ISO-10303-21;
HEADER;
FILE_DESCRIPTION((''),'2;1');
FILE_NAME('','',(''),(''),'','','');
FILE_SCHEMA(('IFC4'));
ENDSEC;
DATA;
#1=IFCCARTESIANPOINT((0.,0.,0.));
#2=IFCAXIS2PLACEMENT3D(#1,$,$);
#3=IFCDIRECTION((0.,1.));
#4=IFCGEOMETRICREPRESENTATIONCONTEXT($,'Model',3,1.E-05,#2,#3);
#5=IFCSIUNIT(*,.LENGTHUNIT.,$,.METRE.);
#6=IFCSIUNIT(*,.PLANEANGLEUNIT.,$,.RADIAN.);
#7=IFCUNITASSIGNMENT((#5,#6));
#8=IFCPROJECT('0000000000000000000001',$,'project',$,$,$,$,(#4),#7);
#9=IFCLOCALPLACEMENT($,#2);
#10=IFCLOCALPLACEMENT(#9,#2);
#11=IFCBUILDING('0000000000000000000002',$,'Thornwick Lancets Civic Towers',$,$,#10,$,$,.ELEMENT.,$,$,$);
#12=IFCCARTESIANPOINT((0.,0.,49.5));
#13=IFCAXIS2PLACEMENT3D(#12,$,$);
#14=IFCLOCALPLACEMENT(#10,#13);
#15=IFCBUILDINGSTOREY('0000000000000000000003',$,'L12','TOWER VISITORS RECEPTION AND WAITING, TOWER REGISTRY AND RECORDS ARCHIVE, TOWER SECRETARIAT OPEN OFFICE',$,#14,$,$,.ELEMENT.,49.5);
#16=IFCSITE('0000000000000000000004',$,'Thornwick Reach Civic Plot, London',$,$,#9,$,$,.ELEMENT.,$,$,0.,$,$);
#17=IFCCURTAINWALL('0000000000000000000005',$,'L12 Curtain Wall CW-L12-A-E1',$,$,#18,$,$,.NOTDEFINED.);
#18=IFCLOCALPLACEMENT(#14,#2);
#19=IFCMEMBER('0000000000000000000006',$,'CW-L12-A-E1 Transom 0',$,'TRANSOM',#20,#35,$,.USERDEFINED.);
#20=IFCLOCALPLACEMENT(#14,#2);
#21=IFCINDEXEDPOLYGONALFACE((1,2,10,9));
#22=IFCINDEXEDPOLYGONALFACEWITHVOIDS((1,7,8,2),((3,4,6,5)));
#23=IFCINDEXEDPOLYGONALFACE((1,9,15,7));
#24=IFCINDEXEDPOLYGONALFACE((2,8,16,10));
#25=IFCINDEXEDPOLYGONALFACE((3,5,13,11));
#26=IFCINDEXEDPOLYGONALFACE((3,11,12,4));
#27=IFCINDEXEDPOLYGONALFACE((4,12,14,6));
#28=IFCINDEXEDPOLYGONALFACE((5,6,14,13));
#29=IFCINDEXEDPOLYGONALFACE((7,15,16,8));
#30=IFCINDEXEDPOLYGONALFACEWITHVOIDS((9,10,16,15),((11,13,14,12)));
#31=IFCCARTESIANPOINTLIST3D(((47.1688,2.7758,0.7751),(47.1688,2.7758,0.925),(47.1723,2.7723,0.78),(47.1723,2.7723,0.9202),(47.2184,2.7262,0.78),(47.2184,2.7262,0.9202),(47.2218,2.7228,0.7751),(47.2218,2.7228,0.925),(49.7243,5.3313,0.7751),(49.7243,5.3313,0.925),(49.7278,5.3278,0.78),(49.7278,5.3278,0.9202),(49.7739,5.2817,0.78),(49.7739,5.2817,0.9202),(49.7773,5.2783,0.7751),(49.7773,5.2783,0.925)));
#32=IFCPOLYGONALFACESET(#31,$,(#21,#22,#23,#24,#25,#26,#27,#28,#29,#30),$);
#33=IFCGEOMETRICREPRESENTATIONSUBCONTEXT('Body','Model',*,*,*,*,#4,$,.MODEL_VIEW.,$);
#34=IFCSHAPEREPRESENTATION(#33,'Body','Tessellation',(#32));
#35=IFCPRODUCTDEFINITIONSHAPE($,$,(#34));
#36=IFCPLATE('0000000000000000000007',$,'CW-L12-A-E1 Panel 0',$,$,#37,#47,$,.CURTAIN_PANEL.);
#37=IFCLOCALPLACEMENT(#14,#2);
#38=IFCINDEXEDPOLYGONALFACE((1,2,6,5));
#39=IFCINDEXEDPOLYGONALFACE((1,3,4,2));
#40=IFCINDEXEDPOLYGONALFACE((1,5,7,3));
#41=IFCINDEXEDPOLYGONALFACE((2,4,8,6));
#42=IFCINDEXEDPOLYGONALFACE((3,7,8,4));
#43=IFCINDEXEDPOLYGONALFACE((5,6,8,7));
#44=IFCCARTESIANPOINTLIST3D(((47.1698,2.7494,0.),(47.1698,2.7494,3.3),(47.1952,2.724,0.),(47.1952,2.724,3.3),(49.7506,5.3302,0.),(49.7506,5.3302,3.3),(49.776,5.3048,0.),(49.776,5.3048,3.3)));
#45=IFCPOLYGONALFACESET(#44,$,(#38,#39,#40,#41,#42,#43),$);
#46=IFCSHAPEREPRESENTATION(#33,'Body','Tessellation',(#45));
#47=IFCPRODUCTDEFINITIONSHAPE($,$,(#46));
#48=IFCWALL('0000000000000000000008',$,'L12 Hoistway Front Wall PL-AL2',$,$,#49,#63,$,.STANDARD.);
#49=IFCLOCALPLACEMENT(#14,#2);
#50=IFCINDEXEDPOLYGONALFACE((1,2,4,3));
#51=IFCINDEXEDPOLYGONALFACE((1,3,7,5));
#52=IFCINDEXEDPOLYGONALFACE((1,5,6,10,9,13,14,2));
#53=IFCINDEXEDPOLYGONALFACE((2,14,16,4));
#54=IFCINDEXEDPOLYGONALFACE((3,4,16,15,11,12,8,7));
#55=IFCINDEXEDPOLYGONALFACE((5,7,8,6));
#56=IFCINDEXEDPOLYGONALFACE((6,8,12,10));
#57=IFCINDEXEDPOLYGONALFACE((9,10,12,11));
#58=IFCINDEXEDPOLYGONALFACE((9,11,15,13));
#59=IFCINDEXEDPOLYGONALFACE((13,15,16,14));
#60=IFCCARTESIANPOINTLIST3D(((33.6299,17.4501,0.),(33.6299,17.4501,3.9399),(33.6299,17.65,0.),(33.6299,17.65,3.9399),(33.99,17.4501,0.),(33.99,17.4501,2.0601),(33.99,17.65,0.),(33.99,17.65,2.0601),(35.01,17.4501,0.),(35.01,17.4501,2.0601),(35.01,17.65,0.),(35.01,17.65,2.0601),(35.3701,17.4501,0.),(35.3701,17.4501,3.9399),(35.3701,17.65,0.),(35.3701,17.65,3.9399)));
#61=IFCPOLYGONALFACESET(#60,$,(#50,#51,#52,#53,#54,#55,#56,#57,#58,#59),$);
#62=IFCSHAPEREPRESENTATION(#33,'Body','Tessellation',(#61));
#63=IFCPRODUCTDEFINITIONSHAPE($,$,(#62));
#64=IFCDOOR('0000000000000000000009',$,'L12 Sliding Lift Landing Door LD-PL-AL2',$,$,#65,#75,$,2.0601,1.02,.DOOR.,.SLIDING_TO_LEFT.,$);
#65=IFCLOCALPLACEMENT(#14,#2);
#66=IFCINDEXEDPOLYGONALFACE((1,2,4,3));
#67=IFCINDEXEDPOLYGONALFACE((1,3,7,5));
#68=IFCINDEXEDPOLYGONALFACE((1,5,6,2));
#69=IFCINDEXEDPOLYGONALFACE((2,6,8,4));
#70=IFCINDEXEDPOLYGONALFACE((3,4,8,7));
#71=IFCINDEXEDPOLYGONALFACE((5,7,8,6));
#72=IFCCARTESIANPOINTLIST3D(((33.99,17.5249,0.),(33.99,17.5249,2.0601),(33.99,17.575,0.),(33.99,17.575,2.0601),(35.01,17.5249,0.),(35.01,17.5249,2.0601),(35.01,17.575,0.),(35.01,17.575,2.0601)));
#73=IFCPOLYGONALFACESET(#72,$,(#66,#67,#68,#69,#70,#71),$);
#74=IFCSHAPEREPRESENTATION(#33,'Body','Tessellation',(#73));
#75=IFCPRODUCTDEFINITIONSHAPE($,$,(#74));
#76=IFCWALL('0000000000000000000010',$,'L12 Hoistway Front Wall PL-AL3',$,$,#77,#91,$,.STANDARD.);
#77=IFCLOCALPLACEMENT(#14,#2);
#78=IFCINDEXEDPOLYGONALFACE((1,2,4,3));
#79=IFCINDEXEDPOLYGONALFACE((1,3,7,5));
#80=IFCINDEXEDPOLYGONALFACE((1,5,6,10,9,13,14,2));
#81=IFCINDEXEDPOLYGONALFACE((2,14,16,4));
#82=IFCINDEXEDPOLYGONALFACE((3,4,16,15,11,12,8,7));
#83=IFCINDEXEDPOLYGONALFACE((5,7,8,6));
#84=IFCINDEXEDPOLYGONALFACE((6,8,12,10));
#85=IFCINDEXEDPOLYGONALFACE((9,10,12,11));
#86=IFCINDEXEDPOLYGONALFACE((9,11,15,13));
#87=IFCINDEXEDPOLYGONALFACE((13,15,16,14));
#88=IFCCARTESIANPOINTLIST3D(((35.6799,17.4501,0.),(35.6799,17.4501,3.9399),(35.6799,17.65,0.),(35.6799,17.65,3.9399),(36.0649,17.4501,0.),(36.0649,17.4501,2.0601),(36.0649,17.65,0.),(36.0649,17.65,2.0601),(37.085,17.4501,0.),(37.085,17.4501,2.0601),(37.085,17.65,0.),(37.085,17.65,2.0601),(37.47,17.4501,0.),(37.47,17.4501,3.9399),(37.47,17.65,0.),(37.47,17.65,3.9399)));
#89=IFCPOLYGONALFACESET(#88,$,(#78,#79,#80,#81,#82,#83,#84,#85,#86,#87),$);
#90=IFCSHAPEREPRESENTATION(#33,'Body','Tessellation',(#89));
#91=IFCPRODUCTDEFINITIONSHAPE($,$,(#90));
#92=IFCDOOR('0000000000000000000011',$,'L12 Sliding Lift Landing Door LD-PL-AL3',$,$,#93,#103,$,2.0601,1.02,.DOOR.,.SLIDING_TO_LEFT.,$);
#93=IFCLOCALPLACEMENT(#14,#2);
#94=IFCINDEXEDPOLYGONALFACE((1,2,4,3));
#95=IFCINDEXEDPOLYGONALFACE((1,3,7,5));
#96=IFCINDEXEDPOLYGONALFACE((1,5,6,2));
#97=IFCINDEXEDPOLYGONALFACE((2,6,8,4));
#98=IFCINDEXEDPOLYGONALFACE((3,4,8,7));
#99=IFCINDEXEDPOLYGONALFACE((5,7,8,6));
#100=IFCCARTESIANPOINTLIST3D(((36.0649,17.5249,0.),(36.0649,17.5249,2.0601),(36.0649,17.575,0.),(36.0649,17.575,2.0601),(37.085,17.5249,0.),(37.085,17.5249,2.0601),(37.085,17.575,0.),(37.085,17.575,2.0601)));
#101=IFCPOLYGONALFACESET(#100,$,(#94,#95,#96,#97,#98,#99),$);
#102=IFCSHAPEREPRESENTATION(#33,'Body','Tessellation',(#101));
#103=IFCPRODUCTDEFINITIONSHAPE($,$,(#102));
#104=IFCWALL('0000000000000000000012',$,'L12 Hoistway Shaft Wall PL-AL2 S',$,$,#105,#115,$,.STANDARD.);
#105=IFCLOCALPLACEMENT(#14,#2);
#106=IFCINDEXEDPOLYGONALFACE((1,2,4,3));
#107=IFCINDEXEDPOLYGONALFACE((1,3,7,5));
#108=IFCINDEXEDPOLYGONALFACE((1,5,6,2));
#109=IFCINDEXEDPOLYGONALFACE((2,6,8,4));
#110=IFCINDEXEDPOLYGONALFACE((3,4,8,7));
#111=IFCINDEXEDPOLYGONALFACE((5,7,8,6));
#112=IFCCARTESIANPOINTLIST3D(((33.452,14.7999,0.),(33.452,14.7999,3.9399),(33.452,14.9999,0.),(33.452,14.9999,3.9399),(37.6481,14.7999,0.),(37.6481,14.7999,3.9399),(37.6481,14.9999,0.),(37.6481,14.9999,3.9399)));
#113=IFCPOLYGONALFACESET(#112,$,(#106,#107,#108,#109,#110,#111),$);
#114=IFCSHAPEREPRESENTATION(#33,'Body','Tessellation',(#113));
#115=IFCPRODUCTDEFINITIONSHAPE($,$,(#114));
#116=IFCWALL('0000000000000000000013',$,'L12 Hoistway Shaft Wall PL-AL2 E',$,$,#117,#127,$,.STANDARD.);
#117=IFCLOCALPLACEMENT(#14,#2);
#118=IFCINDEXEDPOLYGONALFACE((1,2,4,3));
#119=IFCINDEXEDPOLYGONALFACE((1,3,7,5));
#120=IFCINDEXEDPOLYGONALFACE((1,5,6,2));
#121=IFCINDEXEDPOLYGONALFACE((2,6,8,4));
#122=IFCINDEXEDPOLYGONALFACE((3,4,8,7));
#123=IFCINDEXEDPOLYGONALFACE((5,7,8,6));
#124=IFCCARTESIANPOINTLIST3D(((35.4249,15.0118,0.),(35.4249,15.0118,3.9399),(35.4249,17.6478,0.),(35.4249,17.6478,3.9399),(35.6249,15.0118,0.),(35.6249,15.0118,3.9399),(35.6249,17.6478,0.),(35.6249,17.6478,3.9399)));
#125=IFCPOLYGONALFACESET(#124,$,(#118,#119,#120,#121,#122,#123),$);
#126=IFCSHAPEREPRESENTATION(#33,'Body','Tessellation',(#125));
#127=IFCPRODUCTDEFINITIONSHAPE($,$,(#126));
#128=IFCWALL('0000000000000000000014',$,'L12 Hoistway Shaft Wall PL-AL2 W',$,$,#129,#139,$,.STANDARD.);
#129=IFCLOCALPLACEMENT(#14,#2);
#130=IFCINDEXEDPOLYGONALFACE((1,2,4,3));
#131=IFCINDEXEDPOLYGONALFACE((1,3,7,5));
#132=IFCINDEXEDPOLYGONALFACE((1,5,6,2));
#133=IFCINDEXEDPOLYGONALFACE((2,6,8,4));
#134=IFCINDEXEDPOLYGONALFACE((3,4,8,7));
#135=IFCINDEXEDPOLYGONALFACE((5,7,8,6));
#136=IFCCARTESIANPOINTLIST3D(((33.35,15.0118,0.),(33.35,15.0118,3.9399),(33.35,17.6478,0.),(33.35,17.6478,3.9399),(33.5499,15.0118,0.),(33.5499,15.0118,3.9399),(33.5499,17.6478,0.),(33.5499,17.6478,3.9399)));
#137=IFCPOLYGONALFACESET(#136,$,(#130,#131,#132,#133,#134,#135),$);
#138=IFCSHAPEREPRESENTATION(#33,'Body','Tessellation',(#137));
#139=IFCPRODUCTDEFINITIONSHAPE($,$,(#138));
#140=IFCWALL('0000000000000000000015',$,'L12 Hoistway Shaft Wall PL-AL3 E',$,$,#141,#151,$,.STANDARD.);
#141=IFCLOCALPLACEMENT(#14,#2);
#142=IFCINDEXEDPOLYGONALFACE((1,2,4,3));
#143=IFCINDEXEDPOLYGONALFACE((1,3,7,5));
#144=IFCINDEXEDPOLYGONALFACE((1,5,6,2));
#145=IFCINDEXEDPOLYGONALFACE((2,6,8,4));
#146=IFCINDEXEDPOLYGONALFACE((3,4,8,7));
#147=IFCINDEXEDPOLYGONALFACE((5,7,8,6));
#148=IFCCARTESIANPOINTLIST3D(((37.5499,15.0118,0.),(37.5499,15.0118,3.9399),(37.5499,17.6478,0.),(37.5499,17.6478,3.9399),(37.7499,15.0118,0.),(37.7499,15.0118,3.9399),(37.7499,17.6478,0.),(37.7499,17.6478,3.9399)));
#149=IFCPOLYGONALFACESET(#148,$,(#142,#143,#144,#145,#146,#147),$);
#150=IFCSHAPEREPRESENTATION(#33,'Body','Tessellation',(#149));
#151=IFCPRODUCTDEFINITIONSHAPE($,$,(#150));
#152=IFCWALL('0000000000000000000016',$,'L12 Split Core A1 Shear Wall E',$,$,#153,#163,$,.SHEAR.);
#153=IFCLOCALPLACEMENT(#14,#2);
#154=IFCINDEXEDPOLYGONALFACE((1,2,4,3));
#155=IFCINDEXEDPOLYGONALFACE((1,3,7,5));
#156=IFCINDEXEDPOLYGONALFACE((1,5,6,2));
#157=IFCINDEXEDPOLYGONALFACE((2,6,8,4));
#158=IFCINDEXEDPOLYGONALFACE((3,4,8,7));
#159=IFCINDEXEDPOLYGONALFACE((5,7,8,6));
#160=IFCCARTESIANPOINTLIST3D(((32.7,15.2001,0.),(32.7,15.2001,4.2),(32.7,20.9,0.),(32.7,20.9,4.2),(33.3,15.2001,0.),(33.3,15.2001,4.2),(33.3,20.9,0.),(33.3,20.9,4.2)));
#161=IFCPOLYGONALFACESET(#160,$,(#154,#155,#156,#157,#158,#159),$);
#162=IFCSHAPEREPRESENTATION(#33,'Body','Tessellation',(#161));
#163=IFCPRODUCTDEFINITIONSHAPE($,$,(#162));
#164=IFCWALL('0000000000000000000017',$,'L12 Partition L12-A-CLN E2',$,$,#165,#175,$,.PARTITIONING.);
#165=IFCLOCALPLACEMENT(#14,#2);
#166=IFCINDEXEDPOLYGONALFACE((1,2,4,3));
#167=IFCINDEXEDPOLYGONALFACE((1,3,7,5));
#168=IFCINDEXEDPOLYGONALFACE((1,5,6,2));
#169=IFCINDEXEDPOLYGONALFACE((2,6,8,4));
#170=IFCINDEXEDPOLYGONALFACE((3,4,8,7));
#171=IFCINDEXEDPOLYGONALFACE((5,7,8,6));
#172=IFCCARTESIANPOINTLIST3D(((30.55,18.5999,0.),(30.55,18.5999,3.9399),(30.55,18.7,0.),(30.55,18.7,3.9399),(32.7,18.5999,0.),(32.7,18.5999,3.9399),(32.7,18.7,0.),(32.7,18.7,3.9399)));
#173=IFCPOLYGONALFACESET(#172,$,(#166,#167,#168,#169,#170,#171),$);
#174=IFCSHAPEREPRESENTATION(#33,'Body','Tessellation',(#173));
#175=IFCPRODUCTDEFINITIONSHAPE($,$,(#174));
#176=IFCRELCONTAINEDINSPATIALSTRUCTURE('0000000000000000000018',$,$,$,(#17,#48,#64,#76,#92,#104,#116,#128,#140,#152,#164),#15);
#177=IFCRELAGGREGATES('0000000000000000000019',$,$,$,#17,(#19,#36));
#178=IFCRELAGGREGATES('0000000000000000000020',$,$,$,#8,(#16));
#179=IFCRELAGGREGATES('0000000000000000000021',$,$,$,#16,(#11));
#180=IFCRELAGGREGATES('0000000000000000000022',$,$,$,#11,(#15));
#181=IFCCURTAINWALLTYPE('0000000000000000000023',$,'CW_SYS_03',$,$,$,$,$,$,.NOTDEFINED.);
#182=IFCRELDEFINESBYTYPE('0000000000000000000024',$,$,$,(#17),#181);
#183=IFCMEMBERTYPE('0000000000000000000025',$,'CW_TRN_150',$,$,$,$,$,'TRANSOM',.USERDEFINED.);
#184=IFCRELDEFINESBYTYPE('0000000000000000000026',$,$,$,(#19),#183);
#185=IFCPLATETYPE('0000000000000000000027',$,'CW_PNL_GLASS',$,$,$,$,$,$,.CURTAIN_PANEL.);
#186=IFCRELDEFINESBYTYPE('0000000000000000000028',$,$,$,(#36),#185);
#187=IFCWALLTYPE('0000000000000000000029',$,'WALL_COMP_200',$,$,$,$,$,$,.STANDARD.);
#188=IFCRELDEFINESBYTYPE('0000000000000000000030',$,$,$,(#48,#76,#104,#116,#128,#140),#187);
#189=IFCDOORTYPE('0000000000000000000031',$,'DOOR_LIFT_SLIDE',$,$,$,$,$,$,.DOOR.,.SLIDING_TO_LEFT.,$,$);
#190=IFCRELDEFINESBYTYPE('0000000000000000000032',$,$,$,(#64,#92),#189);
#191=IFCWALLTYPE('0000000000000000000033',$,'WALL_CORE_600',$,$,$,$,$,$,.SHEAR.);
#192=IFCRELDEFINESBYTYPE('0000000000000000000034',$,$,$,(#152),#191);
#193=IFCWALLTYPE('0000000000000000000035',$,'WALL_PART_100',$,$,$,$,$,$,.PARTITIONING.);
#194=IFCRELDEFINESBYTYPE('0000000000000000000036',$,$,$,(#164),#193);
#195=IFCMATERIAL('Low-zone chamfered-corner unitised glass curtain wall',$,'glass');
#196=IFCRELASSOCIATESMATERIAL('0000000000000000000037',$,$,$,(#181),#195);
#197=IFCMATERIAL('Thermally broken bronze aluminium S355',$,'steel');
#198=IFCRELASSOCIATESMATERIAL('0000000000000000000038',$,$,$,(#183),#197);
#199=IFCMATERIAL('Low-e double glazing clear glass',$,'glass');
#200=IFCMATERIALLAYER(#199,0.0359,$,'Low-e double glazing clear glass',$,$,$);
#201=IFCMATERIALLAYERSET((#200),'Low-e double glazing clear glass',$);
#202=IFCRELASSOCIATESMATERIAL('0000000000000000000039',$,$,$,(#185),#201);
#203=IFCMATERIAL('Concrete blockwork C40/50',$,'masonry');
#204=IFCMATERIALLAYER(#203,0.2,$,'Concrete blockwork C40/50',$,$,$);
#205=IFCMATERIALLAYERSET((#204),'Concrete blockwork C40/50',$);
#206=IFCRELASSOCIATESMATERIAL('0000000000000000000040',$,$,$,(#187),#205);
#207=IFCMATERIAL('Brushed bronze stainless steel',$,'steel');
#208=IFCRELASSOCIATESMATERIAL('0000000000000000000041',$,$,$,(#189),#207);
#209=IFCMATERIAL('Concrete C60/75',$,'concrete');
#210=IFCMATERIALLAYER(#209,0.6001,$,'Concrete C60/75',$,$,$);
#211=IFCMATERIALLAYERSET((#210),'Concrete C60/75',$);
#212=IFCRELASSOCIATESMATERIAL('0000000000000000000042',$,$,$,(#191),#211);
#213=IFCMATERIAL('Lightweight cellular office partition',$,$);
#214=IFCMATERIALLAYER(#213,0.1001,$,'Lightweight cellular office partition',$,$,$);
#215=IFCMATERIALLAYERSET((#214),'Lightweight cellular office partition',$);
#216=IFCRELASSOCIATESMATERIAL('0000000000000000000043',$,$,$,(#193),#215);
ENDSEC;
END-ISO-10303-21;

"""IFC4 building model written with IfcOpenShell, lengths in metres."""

from ifc_helpers import new_model, si_unit, direction, frame, frame_2d, origin, origin_2d, place, context, subcontext, project, spatial, rectangle, hollow_rectangle, extrude, material, layer, layer_set, material_profile, profile_set, type_object, element, fill, aggregate, save


model = new_model("IFC4")

# Units and contexts
model_context = context("Model", 3, precision=1e-05, world=origin(), true_north=direction((0.0, 1.0)))
body_context = subcontext(model_context, "Body", "Model", "MODEL_VIEW")
ifc_project = project(units=[si_unit("LENGTHUNIT", "METRE"), si_unit("PLANEANGLEUNIT", "RADIAN")], contexts=[model_context])

# Site, building, storey
site_placement = place(None, origin())
site = spatial("IfcSite", under=ifc_project, at=site_placement, Name="Thornwick Reach Civic Plot, London", CompositionType="ELEMENT", RefElevation=0.0)
building_placement = place(site_placement, origin())
building = spatial("IfcBuilding", under=site, at=building_placement, Name="Thornwick Lancets Civic Towers", CompositionType="ELEMENT")
storey_placement = place(building_placement, frame((0.0, 0.0, 49.5)))
storey = spatial("IfcBuildingStorey", under=building, at=storey_placement, Name="L12", Description="TOWER VISITORS RECEPTION AND WAITING, TOWER REGISTRY AND RECORDS ARCHIVE, TOWER SECRETARIAT OPEN OFFICE", CompositionType="ELEMENT", Elevation=49.5)

# Shared definitions
ifc_material_1 = material(Name="Concrete C60/75", Category="concrete")

# Curtain wall, member, plate
ifc_material_2 = material(Name="Low-zone chamfered-corner unitised glass curtain wall", Category="glass")
curtain_wall_type = type_object("IfcCurtainWallType", Name="CW_SYS_03", PredefinedType="NOTDEFINED", material=ifc_material_2)
curtain_wall_placement = place(storey_placement, origin())
curtain_wall = element("IfcCurtainWall", 1, at=curtain_wall_placement, inside=storey, type_object=curtain_wall_type, Name="L12 Curtain Wall CW-L12-A-E1", PredefinedType="NOTDEFINED")
ifc_material_3 = material(Name="Thermally broken bronze aluminium S355", Category="steel")
ifc_material_profile_1 = material_profile(ifc_material_3, hollow_rectangle(XDim=0.075, YDim=0.1499, WallThickness=0.0049, at=origin_2d()), Name="RHS 150x75x5")
ifc_profile_set_1 = profile_set([ifc_material_profile_1], Name="Thermally broken bronze aluminium S355")
member_type_1 = type_object("IfcMemberType", Name="CW_TRN_150", ElementType="TRANSOM", PredefinedType="USERDEFINED", material=ifc_profile_set_1)
member_1_placement = place(storey_placement, frame((47.1953, 2.7493, 0.8501), z_axis=(0.707107, 0.707107, 0.0), x_axis=(-0.707107, 0.707107, 0.0)))
member_1 = element("IfcMember", 2, at=member_1_placement, type_object=member_type_1, Name="CW-L12-A-E1 Transom 0", ObjectType="TRANSOM", PredefinedType="USERDEFINED", context=body_context, shape_type="SweptSolid", body=[
    extrude(hollow_rectangle(XDim=0.075, YDim=0.1499, WallThickness=0.0049, at=origin_2d()), origin(), (0.0, 0.0, 1.0), 3.614),
])
ifc_material_4 = material(Name="Low-e double glazing clear glass", Category="glass")
ifc_layer_1 = layer(ifc_material_4, 0.0359, Name="Low-e double glazing clear glass")
ifc_layer_set_1 = layer_set([ifc_layer_1], Name="Low-e double glazing clear glass")
plate_type = type_object("IfcPlateType", Name="CW_PNL_GLASS", PredefinedType="CURTAIN_PANEL", material=ifc_layer_set_1)
plate_placement = place(storey_placement, frame((48.4729, 4.0271, 0.0), z_axis=(0.0, 0.0, 1.0), x_axis=(0.707107, 0.707107, 0.0)))
plate = element("IfcPlate", 3, at=plate_placement, type_object=plate_type, Name="CW-L12-A-E1 Panel 0", PredefinedType="CURTAIN_PANEL", context=body_context, shape_type="SweptSolid", body=[
    extrude(rectangle(XDim=3.6499, YDim=0.0359, at=origin_2d()), origin(), (0.0, 0.0, 1.0), 3.3),
])
aggregate(curtain_wall, [member_1, plate])

# Walls, openings, doors
ifc_material_5 = material(Name="Concrete blockwork C40/50", Category="masonry")
ifc_layer_2 = layer(ifc_material_5, 0.2, Name="Concrete blockwork C40/50")
ifc_layer_set_2 = layer_set([ifc_layer_2], Name="Concrete blockwork C40/50")
wall_type_1 = type_object("IfcWallType", Name="WALL_COMP_200", PredefinedType="STANDARD", material=ifc_layer_set_2)
wall_1_placement = place(storey_placement, frame((33.6299, 17.55, 0.0), z_axis=(0.0, 0.0, 1.0), x_axis=(1.0, 0.0, 0.0)))
wall_1 = element("IfcWall", 4, at=wall_1_placement, inside=storey, type_object=wall_type_1, Name="L12 Hoistway Front Wall PL-AL2", PredefinedType="STANDARD", context=body_context, shape_type="SweptSolid", body=[
    extrude(rectangle(XDim=1.7402, YDim=0.2, at=frame_2d((0.8701, 0.0))), origin(), (0.0, 0.0, 1.0), 3.9399),
])
opening_1_placement = place(wall_1_placement, frame((0.3601, 0.0, 0.0)))
opening_1 = element("IfcOpeningElement", 5, at=opening_1_placement, cuts=wall_1, PredefinedType="OPENING", context=body_context, shape_type="SweptSolid", body=[
    extrude(rectangle(XDim=1.02, YDim=2.0601, at=frame_2d((0.51, 1.03))), frame((0.0, 0.1099, 0.0), z_axis=(0.0, -1.0, 0.0), x_axis=(1.0, 0.0, 0.0)), (0.0, 0.0, 1.0), 0.22),
])
ifc_material_6 = material(Name="Brushed bronze stainless steel", Category="steel")
door_type_1 = type_object("IfcDoorType", Name="DOOR_LIFT_SLIDE", OperationType="SLIDING_TO_LEFT", PredefinedType="DOOR", material=ifc_material_6)
door_1_placement = place(opening_1_placement, origin())
door_1 = element("IfcDoor", 6, at=door_1_placement, inside=storey, type_object=door_type_1, Name="L12 Sliding Lift Landing Door LD-PL-AL2", OperationType="SLIDING_TO_LEFT", OverallHeight=2.0601, OverallWidth=1.02, PredefinedType="DOOR", context=body_context, shape_type="SweptSolid", body=[
    extrude(rectangle(XDim=1.02, YDim=2.0601, at=frame_2d((0.51, 1.03))), frame((0.0, 0.0249, 0.0), z_axis=(0.0, -1.0, 0.0), x_axis=(1.0, 0.0, 0.0)), (0.0, 0.0, 1.0), 0.05),
])
fill(opening_1, door_1)
wall_2_placement = place(storey_placement, frame((35.6799, 17.55, 0.0), z_axis=(0.0, 0.0, 1.0), x_axis=(1.0, 0.0, 0.0)))
wall_2 = element("IfcWall", 7, at=wall_2_placement, inside=storey, type_object=wall_type_1, Name="L12 Hoistway Front Wall PL-AL3", PredefinedType="STANDARD", context=body_context, shape_type="SweptSolid", body=[
    extrude(rectangle(XDim=1.79, YDim=0.2, at=frame_2d((0.895, 0.0))), origin(), (0.0, 0.0, 1.0), 3.9399),
])
opening_2_placement = place(wall_2_placement, frame((0.385, 0.0, 0.0)))
opening_2 = element("IfcOpeningElement", 8, at=opening_2_placement, cuts=wall_2, PredefinedType="OPENING", context=body_context, shape_type="SweptSolid", body=[
    extrude(rectangle(XDim=1.02, YDim=2.0601, at=frame_2d((0.51, 1.03))), frame((0.0, 0.1099, 0.0), z_axis=(0.0, -1.0, 0.0), x_axis=(1.0, 0.0, 0.0)), (0.0, 0.0, 1.0), 0.22),
])
door_2_placement = place(opening_2_placement, origin())
door_2 = element("IfcDoor", 9, at=door_2_placement, inside=storey, type_object=door_type_1, Name="L12 Sliding Lift Landing Door LD-PL-AL3", OperationType="SLIDING_TO_LEFT", OverallHeight=2.0601, OverallWidth=1.02, PredefinedType="DOOR", context=body_context, shape_type="SweptSolid", body=[
    extrude(rectangle(XDim=1.02, YDim=2.0601, at=frame_2d((0.51, 1.03))), frame((0.0, 0.0249, 0.0), z_axis=(0.0, -1.0, 0.0), x_axis=(1.0, 0.0, 0.0)), (0.0, 0.0, 1.0), 0.05),
])
fill(opening_2, door_2)

# Walls
wall_3_placement = place(storey_placement, frame((33.4519, 14.8999, 0.0), z_axis=(0.0, 0.0, 1.0), x_axis=(1.0, 0.0, 0.0)))
element("IfcWall", 10, at=wall_3_placement, inside=storey, type_object=wall_type_1, Name="L12 Hoistway Shaft Wall PL-AL2 S", PredefinedType="STANDARD", context=body_context, shape_type="SweptSolid", body=[
    extrude(rectangle(XDim=4.196, YDim=0.2, at=frame_2d((2.0981, 0.0))), origin(), (0.0, 0.0, 1.0), 3.9399),
])
for number, where, z_axis, x_axis, name in (
    (11, (35.5249, 15.012, 0.0), (0.0, 0.0, 1.0), (0.0, 1.0, 0.0), "L12 Hoistway Shaft Wall PL-AL2 E"),
    (12, (33.45, 15.012, 0.0), (0.0, 0.0, 1.0), (0.0, 1.0, 0.0), "L12 Hoistway Shaft Wall PL-AL2 W"),
    (13, (37.6499, 15.012, 0.0), (0.0, 0.0, 1.0), (0.0, 1.0, 0.0), "L12 Hoistway Shaft Wall PL-AL3 E"),
):
    element("IfcWall", number, at=place(storey_placement, frame(where, z_axis=z_axis, x_axis=x_axis)), inside=storey, type_object=wall_type_1, Name=name, PredefinedType="STANDARD", context=body_context, shape_type="SweptSolid", body=[
        extrude(rectangle(XDim=2.636, YDim=0.2, at=frame_2d((1.3179, 0.0))), origin(), (0.0, 0.0, 1.0), 3.9399),
    ])
ifc_layer_3 = layer(ifc_material_1, 0.6001, Name="Concrete C60/75")
ifc_layer_set_3 = layer_set([ifc_layer_3], Name="Concrete C60/75")
wall_type_2 = type_object("IfcWallType", Name="WALL_CORE_600", PredefinedType="SHEAR", material=ifc_layer_set_3)
wall_4_placement = place(storey_placement, frame((33.0, 15.2, 0.0), z_axis=(0.0, 0.0, 1.0), x_axis=(0.0, 1.0, 0.0)))
element("IfcWall", 14, at=wall_4_placement, inside=storey, type_object=wall_type_2, Name="L12 Split Core A1 Shear Wall E", PredefinedType="SHEAR", context=body_context, shape_type="SweptSolid", body=[
    extrude(rectangle(XDim=5.7, YDim=0.6001, at=frame_2d((2.8501, 0.0))), origin(), (0.0, 0.0, 1.0), 4.2),
])
ifc_material_7 = material(Name="Lightweight cellular office partition")
ifc_layer_4 = layer(ifc_material_7, 0.1001, Name="Lightweight cellular office partition")
ifc_layer_set_4 = layer_set([ifc_layer_4], Name="Lightweight cellular office partition")
wall_type_3 = type_object("IfcWallType", Name="WALL_PART_100", PredefinedType="PARTITIONING", material=ifc_layer_set_4)
wall_5_placement = place(storey_placement, frame((32.7, 18.6499, 0.0), z_axis=(0.0, 0.0, 1.0), x_axis=(-1.0, 0.0, 0.0)))
element("IfcWall", 15, at=wall_5_placement, inside=storey, type_object=wall_type_3, Name="L12 Partition L12-A-CLN E2", PredefinedType="PARTITIONING", context=body_context, shape_type="SweptSolid", body=[
    extrude(rectangle(XDim=2.1499, YDim=0.1001, at=frame_2d((1.075, 0.0))), origin(), (0.0, 0.0, 1.0), 3.9399),
])

save(model, "model.ifc")
